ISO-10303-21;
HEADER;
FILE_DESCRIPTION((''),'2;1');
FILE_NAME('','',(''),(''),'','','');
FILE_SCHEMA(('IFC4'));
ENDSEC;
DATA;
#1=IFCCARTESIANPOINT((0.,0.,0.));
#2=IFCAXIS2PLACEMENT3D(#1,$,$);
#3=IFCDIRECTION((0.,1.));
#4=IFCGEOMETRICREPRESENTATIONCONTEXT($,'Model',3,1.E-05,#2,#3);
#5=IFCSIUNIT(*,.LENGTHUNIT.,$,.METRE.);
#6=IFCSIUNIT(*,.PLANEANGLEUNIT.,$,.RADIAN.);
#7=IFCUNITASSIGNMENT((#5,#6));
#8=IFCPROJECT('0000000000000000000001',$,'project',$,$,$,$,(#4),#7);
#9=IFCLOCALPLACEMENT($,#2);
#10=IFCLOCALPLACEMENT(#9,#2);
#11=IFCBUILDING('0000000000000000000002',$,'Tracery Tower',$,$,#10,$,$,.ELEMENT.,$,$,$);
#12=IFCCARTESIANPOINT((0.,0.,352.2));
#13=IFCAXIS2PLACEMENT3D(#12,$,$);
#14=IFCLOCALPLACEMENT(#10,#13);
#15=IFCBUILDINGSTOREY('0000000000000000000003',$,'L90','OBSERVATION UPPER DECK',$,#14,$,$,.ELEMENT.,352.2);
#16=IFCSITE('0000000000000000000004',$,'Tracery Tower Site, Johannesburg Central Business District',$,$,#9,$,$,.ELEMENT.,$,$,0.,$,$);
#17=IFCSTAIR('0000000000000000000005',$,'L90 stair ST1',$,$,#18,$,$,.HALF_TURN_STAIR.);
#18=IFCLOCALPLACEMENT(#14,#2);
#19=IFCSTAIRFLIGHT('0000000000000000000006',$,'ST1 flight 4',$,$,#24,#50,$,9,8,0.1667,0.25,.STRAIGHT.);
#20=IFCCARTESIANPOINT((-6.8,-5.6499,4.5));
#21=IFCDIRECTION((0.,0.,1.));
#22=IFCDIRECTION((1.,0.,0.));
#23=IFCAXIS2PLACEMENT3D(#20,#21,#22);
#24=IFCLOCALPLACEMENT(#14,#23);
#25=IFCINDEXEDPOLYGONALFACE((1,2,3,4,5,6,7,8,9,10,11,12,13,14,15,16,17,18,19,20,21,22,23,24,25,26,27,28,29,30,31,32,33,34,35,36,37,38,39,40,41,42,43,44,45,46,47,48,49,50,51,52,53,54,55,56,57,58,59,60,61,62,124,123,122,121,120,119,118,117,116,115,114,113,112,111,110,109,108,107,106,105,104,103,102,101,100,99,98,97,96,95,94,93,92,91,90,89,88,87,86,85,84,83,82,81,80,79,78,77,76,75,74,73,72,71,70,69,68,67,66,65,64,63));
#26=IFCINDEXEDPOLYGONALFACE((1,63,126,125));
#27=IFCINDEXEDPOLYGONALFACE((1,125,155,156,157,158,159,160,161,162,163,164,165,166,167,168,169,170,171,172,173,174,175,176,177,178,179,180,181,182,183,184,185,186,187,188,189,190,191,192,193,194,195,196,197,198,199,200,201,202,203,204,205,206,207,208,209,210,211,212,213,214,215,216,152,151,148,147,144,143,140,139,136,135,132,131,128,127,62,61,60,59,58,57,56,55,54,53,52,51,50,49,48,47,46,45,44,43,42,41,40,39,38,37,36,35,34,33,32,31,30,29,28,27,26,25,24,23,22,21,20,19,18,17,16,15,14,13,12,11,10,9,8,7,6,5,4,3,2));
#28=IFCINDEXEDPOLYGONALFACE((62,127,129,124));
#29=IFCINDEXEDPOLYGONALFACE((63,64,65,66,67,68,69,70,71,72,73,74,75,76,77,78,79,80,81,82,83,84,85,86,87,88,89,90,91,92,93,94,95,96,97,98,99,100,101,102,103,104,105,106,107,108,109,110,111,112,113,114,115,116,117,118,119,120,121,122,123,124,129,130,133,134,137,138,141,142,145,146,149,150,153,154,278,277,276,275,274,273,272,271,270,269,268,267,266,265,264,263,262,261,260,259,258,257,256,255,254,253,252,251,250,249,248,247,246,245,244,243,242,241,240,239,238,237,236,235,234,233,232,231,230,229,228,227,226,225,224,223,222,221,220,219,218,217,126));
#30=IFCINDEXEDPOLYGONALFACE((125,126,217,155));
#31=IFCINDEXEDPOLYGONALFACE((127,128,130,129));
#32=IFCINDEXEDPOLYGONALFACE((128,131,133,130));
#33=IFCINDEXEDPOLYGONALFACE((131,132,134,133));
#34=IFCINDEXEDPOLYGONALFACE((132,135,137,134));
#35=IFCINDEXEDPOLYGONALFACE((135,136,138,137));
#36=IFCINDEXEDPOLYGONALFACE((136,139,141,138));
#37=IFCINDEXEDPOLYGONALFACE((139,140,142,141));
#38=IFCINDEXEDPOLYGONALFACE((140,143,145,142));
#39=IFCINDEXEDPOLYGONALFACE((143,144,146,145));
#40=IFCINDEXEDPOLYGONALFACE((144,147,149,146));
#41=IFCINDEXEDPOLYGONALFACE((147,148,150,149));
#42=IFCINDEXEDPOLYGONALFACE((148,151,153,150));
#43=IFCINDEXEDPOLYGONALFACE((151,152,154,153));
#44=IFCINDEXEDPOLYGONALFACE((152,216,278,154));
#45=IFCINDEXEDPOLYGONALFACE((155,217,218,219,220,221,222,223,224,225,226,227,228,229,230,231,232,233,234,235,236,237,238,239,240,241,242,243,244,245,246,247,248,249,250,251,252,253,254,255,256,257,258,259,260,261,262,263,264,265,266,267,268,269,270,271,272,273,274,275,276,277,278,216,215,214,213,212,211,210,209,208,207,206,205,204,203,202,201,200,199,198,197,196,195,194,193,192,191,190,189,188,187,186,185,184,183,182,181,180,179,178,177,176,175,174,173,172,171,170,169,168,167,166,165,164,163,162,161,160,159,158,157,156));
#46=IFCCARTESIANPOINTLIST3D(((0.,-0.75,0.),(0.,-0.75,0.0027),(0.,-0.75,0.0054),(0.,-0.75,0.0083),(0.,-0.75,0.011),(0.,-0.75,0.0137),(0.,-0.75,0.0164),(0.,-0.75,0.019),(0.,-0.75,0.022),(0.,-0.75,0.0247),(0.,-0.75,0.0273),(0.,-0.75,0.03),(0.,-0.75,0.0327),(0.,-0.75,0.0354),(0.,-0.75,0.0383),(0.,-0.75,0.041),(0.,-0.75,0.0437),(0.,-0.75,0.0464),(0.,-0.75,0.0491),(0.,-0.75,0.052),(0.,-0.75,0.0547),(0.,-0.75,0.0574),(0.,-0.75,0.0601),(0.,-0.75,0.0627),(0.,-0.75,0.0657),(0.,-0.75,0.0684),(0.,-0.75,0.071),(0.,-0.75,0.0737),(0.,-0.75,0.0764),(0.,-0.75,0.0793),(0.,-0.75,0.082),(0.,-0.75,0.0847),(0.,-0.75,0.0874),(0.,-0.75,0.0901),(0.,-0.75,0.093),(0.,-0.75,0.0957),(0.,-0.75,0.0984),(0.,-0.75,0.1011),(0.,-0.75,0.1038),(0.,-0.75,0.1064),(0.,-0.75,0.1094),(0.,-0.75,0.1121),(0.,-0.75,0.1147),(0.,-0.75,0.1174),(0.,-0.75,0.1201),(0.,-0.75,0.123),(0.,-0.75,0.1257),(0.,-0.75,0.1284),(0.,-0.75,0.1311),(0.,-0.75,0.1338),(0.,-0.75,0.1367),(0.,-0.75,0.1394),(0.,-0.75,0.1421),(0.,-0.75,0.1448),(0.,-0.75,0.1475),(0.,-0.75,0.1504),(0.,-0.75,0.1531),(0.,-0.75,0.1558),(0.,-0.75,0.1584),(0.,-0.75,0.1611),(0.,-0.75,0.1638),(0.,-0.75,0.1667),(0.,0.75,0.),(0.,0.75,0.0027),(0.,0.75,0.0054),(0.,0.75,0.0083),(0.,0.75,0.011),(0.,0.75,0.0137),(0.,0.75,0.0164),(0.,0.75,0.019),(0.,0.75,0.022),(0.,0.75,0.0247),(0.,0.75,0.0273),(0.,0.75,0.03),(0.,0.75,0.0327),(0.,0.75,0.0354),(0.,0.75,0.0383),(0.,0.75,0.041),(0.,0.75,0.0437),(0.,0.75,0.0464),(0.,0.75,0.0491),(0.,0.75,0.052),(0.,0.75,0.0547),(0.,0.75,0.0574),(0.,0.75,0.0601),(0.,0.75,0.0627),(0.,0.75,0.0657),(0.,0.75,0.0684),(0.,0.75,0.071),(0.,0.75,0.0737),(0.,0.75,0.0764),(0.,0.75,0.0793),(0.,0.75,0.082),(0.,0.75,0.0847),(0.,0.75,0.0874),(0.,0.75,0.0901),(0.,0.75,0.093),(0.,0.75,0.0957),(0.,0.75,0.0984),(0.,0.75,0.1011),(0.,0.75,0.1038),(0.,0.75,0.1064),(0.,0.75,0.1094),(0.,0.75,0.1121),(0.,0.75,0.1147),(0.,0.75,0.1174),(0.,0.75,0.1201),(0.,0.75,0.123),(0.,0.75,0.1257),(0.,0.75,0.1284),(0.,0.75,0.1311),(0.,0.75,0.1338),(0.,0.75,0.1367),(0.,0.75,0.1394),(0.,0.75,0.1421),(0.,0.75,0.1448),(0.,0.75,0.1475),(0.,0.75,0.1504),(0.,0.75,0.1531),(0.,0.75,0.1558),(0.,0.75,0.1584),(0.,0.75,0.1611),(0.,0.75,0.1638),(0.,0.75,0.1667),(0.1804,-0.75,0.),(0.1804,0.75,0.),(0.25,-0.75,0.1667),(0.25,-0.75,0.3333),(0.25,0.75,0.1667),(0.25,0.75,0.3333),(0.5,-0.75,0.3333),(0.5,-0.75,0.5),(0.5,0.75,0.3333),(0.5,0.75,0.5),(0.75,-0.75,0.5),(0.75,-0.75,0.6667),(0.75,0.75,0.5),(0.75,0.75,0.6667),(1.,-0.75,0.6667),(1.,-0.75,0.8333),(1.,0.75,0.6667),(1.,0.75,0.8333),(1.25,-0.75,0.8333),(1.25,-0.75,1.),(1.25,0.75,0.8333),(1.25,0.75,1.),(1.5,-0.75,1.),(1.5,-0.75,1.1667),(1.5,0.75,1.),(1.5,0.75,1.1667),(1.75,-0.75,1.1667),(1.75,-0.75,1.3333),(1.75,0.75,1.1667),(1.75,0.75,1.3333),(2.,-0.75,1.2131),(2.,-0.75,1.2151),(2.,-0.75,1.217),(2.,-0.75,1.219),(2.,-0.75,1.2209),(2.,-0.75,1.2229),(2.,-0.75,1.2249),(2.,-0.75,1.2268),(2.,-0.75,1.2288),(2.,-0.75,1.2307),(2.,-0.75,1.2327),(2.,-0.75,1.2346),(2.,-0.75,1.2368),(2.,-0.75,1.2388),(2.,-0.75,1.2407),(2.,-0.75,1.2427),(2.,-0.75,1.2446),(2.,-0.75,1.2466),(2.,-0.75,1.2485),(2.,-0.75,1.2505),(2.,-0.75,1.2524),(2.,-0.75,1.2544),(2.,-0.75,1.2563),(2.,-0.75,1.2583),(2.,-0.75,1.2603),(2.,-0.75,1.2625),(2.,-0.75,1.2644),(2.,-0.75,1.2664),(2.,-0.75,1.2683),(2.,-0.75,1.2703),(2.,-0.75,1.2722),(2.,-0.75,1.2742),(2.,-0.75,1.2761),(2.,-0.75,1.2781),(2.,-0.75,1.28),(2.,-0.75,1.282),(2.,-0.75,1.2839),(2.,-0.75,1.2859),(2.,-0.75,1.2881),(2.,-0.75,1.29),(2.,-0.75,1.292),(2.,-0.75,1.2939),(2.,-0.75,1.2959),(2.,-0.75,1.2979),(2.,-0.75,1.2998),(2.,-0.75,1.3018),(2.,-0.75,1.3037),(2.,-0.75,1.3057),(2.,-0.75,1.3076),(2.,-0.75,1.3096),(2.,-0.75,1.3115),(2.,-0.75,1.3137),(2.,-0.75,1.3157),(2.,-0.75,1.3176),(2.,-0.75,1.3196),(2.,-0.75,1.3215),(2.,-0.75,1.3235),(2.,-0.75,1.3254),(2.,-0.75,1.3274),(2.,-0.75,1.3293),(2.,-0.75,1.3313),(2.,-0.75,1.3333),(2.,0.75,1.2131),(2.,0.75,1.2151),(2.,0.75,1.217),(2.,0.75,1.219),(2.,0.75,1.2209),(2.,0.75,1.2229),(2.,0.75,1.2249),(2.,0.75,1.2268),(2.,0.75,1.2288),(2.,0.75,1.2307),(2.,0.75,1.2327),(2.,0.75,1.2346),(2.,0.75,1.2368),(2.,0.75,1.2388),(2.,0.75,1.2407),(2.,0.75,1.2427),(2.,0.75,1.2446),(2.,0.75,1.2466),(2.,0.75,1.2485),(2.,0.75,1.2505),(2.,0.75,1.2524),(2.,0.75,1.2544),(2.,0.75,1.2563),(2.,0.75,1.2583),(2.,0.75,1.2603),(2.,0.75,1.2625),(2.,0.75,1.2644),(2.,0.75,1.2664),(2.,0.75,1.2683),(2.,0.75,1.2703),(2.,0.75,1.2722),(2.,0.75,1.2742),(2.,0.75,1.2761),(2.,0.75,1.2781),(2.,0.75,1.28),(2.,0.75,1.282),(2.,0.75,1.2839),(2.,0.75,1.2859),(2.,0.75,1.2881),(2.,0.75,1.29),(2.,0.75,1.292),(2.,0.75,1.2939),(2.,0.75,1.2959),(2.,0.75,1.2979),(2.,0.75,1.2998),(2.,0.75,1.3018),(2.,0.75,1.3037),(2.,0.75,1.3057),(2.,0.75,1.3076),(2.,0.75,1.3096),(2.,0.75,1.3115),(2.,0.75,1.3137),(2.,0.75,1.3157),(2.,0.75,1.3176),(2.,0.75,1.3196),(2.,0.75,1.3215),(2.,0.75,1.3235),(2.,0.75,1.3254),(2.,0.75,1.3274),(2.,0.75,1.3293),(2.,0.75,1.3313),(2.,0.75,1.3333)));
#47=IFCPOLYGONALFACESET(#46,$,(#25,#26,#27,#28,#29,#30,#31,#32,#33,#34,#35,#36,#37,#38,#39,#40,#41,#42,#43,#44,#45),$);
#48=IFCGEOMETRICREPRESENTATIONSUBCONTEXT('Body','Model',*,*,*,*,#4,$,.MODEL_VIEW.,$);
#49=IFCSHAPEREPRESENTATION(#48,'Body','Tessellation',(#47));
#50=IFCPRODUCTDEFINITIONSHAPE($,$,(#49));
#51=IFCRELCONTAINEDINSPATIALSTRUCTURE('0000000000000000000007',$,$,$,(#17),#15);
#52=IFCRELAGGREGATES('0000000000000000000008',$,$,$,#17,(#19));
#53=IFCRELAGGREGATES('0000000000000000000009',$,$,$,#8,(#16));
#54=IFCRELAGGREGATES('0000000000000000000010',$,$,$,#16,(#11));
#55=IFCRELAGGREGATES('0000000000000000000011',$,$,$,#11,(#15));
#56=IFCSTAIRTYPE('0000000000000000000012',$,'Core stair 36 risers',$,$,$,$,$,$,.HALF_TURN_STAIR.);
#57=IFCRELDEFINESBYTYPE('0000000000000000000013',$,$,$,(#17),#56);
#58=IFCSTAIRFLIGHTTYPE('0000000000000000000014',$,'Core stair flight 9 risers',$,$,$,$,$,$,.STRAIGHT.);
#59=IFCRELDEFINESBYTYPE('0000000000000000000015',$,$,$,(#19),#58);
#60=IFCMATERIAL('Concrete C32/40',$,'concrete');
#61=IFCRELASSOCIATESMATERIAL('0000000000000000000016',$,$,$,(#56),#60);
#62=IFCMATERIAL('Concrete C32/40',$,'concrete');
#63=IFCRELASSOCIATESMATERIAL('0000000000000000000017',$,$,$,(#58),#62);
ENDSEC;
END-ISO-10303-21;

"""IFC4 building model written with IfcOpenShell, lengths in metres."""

from ifc_helpers import new_model, si_unit, direction, frame, origin, place, context, subcontext, project, spatial, polyline, outline, extrude, material, type_object, element, aggregate, save


model = new_model("IFC4")

# Units and contexts
model_context = context("Model", 3, precision=1e-05, world=origin(), true_north=direction((0.0, 1.0)))
body_context = subcontext(model_context, "Body", "Model", "MODEL_VIEW")
ifc_project = project(units=[si_unit("LENGTHUNIT", "METRE"), si_unit("PLANEANGLEUNIT", "RADIAN")], contexts=[model_context])

# Site, building, storey
site_placement = place(None, origin())
site = spatial("IfcSite", under=ifc_project, at=site_placement, Name="Tracery Tower Site, Johannesburg Central Business District", CompositionType="ELEMENT", RefElevation=0.0)
building_placement = place(site_placement, origin())
building = spatial("IfcBuilding", under=site, at=building_placement, Name="Tracery Tower", CompositionType="ELEMENT")
storey_placement = place(building_placement, frame((0.0, 0.0, 352.2)))
storey = spatial("IfcBuildingStorey", under=building, at=storey_placement, Name="L90", Description="OBSERVATION UPPER DECK", CompositionType="ELEMENT", Elevation=352.2)

# Stair, stair flight
ifc_material_1 = material(Name="Concrete C32/40", Category="concrete")
stair_type = type_object("IfcStairType", Name="Core stair 36 risers", PredefinedType="HALF_TURN_STAIR", material=ifc_material_1)
stair_placement = place(storey_placement, origin())
stair = element("IfcStair", 1, at=stair_placement, inside=storey, type_object=stair_type, Name="L90 stair ST1", PredefinedType="HALF_TURN_STAIR")
ifc_material_2 = material(Name="Concrete C32/40", Category="concrete")
stair_flight_type = type_object("IfcStairFlightType", Name="Core stair flight 9 risers", PredefinedType="STRAIGHT", material=ifc_material_2)
stair_flight_1_placement = place(storey_placement, frame((-6.8, -5.6499, 4.5), z_axis=(0.0, 0.0, 1.0), x_axis=(1.0, 0.0, 0.0)))
stair_flight_1 = element("IfcStairFlight", 2, at=stair_flight_1_placement, type_object=stair_flight_type, Name="ST1 flight 4", NumberOfRisers=9, NumberOfTreads=8, PredefinedType="STRAIGHT", RiserHeight=0.1667, TreadLength=0.25, context=body_context, shape_type="SweptSolid", body=[
    extrude(outline(polyline([(0.0, 0.0), (0.0, 0.0027), (0.0, 0.0054), (0.0, 0.0083), (0.0, 0.011), (0.0, 0.0137), (0.0, 0.0164), (0.0, 0.019), (0.0, 0.022), (0.0, 0.0247), (0.0, 0.0273), (0.0, 0.03), (0.0, 0.0327), (0.0, 0.0354), (0.0, 0.0383), (0.0, 0.041), (0.0, 0.0437), (0.0, 0.0464), (0.0, 0.0491), (0.0, 0.052), (0.0, 0.0547), (0.0, 0.0574), (0.0, 0.0601), (0.0, 0.0627), (0.0, 0.0657), (0.0, 0.0684), (0.0, 0.071), (0.0, 0.0737), (0.0, 0.0764), (0.0, 0.0793), (0.0, 0.082), (0.0, 0.0847), (0.0, 0.0874), (0.0, 0.0901), (0.0, 0.093), (0.0, 0.0957), (0.0, 0.0984), (0.0, 0.1011), (0.0, 0.1038), (0.0, 0.1064), (0.0, 0.1094), (0.0, 0.1121), (0.0, 0.1147), (0.0, 0.1174), (0.0, 0.1201), (0.0, 0.123), (0.0, 0.1257), (0.0, 0.1284), (0.0, 0.1311), (0.0, 0.1338), (0.0, 0.1367), (0.0, 0.1394), (0.0, 0.1421), (0.0, 0.1448), (0.0, 0.1475), (0.0, 0.1504), (0.0, 0.1531), (0.0, 0.1558), (0.0, 0.1584), (0.0, 0.1611), (0.0, 0.1638), (0.0, 0.1667), (0.25, 0.1667), (0.25, 0.3333), (0.5, 0.3333), (0.5, 0.5), (0.75, 0.5), (0.75, 0.6667), (1.0, 0.6667), (1.0, 0.8333), (1.25, 0.8333), (1.25, 1.0), (1.5, 1.0), (1.5, 1.1667), (1.75, 1.1667), (1.75, 1.3333), (2.0, 1.3333), (2.0, 1.3313), (2.0, 1.3293), (2.0, 1.3274), (2.0, 1.3254), (2.0, 1.3235), (2.0, 1.3215), (2.0, 1.3196), (2.0, 1.3176), (2.0, 1.3157), (2.0, 1.3137), (2.0, 1.3115), (2.0, 1.3096), (2.0, 1.3076), (2.0, 1.3057), (2.0, 1.3037), (2.0, 1.3018), (2.0, 1.2998), (2.0, 1.2979), (2.0, 1.2959), (2.0, 1.2939), (2.0, 1.292), (2.0, 1.29), (2.0, 1.2881), (2.0, 1.2859), (2.0, 1.2839), (2.0, 1.282), (2.0, 1.28), (2.0, 1.2781), (2.0, 1.2761), (2.0, 1.2742), (2.0, 1.2722), (2.0, 1.2703), (2.0, 1.2683), (2.0, 1.2664), (2.0, 1.2644), (2.0, 1.2625), (2.0, 1.2603), (2.0, 1.2583), (2.0, 1.2563), (2.0, 1.2544), (2.0, 1.2524), (2.0, 1.2505), (2.0, 1.2485), (2.0, 1.2466), (2.0, 1.2446), (2.0, 1.2427), (2.0, 1.2407), (2.0, 1.2388), (2.0, 1.2368), (2.0, 1.2346), (2.0, 1.2327), (2.0, 1.2307), (2.0, 1.2288), (2.0, 1.2268), (2.0, 1.2249), (2.0, 1.2229), (2.0, 1.2209), (2.0, 1.219), (2.0, 1.217), (2.0, 1.2151), (2.0, 1.2131), (0.1804, 0.0), (0.0, 0.0)])), frame((0.0, 0.75, 0.0), z_axis=(0.0, -1.0, 0.0), x_axis=(1.0, 0.0, 0.0)), (0.0, 0.0, 1.0), 1.5),
])
aggregate(stair, [stair_flight_1])

save(model, "model.ifc")
